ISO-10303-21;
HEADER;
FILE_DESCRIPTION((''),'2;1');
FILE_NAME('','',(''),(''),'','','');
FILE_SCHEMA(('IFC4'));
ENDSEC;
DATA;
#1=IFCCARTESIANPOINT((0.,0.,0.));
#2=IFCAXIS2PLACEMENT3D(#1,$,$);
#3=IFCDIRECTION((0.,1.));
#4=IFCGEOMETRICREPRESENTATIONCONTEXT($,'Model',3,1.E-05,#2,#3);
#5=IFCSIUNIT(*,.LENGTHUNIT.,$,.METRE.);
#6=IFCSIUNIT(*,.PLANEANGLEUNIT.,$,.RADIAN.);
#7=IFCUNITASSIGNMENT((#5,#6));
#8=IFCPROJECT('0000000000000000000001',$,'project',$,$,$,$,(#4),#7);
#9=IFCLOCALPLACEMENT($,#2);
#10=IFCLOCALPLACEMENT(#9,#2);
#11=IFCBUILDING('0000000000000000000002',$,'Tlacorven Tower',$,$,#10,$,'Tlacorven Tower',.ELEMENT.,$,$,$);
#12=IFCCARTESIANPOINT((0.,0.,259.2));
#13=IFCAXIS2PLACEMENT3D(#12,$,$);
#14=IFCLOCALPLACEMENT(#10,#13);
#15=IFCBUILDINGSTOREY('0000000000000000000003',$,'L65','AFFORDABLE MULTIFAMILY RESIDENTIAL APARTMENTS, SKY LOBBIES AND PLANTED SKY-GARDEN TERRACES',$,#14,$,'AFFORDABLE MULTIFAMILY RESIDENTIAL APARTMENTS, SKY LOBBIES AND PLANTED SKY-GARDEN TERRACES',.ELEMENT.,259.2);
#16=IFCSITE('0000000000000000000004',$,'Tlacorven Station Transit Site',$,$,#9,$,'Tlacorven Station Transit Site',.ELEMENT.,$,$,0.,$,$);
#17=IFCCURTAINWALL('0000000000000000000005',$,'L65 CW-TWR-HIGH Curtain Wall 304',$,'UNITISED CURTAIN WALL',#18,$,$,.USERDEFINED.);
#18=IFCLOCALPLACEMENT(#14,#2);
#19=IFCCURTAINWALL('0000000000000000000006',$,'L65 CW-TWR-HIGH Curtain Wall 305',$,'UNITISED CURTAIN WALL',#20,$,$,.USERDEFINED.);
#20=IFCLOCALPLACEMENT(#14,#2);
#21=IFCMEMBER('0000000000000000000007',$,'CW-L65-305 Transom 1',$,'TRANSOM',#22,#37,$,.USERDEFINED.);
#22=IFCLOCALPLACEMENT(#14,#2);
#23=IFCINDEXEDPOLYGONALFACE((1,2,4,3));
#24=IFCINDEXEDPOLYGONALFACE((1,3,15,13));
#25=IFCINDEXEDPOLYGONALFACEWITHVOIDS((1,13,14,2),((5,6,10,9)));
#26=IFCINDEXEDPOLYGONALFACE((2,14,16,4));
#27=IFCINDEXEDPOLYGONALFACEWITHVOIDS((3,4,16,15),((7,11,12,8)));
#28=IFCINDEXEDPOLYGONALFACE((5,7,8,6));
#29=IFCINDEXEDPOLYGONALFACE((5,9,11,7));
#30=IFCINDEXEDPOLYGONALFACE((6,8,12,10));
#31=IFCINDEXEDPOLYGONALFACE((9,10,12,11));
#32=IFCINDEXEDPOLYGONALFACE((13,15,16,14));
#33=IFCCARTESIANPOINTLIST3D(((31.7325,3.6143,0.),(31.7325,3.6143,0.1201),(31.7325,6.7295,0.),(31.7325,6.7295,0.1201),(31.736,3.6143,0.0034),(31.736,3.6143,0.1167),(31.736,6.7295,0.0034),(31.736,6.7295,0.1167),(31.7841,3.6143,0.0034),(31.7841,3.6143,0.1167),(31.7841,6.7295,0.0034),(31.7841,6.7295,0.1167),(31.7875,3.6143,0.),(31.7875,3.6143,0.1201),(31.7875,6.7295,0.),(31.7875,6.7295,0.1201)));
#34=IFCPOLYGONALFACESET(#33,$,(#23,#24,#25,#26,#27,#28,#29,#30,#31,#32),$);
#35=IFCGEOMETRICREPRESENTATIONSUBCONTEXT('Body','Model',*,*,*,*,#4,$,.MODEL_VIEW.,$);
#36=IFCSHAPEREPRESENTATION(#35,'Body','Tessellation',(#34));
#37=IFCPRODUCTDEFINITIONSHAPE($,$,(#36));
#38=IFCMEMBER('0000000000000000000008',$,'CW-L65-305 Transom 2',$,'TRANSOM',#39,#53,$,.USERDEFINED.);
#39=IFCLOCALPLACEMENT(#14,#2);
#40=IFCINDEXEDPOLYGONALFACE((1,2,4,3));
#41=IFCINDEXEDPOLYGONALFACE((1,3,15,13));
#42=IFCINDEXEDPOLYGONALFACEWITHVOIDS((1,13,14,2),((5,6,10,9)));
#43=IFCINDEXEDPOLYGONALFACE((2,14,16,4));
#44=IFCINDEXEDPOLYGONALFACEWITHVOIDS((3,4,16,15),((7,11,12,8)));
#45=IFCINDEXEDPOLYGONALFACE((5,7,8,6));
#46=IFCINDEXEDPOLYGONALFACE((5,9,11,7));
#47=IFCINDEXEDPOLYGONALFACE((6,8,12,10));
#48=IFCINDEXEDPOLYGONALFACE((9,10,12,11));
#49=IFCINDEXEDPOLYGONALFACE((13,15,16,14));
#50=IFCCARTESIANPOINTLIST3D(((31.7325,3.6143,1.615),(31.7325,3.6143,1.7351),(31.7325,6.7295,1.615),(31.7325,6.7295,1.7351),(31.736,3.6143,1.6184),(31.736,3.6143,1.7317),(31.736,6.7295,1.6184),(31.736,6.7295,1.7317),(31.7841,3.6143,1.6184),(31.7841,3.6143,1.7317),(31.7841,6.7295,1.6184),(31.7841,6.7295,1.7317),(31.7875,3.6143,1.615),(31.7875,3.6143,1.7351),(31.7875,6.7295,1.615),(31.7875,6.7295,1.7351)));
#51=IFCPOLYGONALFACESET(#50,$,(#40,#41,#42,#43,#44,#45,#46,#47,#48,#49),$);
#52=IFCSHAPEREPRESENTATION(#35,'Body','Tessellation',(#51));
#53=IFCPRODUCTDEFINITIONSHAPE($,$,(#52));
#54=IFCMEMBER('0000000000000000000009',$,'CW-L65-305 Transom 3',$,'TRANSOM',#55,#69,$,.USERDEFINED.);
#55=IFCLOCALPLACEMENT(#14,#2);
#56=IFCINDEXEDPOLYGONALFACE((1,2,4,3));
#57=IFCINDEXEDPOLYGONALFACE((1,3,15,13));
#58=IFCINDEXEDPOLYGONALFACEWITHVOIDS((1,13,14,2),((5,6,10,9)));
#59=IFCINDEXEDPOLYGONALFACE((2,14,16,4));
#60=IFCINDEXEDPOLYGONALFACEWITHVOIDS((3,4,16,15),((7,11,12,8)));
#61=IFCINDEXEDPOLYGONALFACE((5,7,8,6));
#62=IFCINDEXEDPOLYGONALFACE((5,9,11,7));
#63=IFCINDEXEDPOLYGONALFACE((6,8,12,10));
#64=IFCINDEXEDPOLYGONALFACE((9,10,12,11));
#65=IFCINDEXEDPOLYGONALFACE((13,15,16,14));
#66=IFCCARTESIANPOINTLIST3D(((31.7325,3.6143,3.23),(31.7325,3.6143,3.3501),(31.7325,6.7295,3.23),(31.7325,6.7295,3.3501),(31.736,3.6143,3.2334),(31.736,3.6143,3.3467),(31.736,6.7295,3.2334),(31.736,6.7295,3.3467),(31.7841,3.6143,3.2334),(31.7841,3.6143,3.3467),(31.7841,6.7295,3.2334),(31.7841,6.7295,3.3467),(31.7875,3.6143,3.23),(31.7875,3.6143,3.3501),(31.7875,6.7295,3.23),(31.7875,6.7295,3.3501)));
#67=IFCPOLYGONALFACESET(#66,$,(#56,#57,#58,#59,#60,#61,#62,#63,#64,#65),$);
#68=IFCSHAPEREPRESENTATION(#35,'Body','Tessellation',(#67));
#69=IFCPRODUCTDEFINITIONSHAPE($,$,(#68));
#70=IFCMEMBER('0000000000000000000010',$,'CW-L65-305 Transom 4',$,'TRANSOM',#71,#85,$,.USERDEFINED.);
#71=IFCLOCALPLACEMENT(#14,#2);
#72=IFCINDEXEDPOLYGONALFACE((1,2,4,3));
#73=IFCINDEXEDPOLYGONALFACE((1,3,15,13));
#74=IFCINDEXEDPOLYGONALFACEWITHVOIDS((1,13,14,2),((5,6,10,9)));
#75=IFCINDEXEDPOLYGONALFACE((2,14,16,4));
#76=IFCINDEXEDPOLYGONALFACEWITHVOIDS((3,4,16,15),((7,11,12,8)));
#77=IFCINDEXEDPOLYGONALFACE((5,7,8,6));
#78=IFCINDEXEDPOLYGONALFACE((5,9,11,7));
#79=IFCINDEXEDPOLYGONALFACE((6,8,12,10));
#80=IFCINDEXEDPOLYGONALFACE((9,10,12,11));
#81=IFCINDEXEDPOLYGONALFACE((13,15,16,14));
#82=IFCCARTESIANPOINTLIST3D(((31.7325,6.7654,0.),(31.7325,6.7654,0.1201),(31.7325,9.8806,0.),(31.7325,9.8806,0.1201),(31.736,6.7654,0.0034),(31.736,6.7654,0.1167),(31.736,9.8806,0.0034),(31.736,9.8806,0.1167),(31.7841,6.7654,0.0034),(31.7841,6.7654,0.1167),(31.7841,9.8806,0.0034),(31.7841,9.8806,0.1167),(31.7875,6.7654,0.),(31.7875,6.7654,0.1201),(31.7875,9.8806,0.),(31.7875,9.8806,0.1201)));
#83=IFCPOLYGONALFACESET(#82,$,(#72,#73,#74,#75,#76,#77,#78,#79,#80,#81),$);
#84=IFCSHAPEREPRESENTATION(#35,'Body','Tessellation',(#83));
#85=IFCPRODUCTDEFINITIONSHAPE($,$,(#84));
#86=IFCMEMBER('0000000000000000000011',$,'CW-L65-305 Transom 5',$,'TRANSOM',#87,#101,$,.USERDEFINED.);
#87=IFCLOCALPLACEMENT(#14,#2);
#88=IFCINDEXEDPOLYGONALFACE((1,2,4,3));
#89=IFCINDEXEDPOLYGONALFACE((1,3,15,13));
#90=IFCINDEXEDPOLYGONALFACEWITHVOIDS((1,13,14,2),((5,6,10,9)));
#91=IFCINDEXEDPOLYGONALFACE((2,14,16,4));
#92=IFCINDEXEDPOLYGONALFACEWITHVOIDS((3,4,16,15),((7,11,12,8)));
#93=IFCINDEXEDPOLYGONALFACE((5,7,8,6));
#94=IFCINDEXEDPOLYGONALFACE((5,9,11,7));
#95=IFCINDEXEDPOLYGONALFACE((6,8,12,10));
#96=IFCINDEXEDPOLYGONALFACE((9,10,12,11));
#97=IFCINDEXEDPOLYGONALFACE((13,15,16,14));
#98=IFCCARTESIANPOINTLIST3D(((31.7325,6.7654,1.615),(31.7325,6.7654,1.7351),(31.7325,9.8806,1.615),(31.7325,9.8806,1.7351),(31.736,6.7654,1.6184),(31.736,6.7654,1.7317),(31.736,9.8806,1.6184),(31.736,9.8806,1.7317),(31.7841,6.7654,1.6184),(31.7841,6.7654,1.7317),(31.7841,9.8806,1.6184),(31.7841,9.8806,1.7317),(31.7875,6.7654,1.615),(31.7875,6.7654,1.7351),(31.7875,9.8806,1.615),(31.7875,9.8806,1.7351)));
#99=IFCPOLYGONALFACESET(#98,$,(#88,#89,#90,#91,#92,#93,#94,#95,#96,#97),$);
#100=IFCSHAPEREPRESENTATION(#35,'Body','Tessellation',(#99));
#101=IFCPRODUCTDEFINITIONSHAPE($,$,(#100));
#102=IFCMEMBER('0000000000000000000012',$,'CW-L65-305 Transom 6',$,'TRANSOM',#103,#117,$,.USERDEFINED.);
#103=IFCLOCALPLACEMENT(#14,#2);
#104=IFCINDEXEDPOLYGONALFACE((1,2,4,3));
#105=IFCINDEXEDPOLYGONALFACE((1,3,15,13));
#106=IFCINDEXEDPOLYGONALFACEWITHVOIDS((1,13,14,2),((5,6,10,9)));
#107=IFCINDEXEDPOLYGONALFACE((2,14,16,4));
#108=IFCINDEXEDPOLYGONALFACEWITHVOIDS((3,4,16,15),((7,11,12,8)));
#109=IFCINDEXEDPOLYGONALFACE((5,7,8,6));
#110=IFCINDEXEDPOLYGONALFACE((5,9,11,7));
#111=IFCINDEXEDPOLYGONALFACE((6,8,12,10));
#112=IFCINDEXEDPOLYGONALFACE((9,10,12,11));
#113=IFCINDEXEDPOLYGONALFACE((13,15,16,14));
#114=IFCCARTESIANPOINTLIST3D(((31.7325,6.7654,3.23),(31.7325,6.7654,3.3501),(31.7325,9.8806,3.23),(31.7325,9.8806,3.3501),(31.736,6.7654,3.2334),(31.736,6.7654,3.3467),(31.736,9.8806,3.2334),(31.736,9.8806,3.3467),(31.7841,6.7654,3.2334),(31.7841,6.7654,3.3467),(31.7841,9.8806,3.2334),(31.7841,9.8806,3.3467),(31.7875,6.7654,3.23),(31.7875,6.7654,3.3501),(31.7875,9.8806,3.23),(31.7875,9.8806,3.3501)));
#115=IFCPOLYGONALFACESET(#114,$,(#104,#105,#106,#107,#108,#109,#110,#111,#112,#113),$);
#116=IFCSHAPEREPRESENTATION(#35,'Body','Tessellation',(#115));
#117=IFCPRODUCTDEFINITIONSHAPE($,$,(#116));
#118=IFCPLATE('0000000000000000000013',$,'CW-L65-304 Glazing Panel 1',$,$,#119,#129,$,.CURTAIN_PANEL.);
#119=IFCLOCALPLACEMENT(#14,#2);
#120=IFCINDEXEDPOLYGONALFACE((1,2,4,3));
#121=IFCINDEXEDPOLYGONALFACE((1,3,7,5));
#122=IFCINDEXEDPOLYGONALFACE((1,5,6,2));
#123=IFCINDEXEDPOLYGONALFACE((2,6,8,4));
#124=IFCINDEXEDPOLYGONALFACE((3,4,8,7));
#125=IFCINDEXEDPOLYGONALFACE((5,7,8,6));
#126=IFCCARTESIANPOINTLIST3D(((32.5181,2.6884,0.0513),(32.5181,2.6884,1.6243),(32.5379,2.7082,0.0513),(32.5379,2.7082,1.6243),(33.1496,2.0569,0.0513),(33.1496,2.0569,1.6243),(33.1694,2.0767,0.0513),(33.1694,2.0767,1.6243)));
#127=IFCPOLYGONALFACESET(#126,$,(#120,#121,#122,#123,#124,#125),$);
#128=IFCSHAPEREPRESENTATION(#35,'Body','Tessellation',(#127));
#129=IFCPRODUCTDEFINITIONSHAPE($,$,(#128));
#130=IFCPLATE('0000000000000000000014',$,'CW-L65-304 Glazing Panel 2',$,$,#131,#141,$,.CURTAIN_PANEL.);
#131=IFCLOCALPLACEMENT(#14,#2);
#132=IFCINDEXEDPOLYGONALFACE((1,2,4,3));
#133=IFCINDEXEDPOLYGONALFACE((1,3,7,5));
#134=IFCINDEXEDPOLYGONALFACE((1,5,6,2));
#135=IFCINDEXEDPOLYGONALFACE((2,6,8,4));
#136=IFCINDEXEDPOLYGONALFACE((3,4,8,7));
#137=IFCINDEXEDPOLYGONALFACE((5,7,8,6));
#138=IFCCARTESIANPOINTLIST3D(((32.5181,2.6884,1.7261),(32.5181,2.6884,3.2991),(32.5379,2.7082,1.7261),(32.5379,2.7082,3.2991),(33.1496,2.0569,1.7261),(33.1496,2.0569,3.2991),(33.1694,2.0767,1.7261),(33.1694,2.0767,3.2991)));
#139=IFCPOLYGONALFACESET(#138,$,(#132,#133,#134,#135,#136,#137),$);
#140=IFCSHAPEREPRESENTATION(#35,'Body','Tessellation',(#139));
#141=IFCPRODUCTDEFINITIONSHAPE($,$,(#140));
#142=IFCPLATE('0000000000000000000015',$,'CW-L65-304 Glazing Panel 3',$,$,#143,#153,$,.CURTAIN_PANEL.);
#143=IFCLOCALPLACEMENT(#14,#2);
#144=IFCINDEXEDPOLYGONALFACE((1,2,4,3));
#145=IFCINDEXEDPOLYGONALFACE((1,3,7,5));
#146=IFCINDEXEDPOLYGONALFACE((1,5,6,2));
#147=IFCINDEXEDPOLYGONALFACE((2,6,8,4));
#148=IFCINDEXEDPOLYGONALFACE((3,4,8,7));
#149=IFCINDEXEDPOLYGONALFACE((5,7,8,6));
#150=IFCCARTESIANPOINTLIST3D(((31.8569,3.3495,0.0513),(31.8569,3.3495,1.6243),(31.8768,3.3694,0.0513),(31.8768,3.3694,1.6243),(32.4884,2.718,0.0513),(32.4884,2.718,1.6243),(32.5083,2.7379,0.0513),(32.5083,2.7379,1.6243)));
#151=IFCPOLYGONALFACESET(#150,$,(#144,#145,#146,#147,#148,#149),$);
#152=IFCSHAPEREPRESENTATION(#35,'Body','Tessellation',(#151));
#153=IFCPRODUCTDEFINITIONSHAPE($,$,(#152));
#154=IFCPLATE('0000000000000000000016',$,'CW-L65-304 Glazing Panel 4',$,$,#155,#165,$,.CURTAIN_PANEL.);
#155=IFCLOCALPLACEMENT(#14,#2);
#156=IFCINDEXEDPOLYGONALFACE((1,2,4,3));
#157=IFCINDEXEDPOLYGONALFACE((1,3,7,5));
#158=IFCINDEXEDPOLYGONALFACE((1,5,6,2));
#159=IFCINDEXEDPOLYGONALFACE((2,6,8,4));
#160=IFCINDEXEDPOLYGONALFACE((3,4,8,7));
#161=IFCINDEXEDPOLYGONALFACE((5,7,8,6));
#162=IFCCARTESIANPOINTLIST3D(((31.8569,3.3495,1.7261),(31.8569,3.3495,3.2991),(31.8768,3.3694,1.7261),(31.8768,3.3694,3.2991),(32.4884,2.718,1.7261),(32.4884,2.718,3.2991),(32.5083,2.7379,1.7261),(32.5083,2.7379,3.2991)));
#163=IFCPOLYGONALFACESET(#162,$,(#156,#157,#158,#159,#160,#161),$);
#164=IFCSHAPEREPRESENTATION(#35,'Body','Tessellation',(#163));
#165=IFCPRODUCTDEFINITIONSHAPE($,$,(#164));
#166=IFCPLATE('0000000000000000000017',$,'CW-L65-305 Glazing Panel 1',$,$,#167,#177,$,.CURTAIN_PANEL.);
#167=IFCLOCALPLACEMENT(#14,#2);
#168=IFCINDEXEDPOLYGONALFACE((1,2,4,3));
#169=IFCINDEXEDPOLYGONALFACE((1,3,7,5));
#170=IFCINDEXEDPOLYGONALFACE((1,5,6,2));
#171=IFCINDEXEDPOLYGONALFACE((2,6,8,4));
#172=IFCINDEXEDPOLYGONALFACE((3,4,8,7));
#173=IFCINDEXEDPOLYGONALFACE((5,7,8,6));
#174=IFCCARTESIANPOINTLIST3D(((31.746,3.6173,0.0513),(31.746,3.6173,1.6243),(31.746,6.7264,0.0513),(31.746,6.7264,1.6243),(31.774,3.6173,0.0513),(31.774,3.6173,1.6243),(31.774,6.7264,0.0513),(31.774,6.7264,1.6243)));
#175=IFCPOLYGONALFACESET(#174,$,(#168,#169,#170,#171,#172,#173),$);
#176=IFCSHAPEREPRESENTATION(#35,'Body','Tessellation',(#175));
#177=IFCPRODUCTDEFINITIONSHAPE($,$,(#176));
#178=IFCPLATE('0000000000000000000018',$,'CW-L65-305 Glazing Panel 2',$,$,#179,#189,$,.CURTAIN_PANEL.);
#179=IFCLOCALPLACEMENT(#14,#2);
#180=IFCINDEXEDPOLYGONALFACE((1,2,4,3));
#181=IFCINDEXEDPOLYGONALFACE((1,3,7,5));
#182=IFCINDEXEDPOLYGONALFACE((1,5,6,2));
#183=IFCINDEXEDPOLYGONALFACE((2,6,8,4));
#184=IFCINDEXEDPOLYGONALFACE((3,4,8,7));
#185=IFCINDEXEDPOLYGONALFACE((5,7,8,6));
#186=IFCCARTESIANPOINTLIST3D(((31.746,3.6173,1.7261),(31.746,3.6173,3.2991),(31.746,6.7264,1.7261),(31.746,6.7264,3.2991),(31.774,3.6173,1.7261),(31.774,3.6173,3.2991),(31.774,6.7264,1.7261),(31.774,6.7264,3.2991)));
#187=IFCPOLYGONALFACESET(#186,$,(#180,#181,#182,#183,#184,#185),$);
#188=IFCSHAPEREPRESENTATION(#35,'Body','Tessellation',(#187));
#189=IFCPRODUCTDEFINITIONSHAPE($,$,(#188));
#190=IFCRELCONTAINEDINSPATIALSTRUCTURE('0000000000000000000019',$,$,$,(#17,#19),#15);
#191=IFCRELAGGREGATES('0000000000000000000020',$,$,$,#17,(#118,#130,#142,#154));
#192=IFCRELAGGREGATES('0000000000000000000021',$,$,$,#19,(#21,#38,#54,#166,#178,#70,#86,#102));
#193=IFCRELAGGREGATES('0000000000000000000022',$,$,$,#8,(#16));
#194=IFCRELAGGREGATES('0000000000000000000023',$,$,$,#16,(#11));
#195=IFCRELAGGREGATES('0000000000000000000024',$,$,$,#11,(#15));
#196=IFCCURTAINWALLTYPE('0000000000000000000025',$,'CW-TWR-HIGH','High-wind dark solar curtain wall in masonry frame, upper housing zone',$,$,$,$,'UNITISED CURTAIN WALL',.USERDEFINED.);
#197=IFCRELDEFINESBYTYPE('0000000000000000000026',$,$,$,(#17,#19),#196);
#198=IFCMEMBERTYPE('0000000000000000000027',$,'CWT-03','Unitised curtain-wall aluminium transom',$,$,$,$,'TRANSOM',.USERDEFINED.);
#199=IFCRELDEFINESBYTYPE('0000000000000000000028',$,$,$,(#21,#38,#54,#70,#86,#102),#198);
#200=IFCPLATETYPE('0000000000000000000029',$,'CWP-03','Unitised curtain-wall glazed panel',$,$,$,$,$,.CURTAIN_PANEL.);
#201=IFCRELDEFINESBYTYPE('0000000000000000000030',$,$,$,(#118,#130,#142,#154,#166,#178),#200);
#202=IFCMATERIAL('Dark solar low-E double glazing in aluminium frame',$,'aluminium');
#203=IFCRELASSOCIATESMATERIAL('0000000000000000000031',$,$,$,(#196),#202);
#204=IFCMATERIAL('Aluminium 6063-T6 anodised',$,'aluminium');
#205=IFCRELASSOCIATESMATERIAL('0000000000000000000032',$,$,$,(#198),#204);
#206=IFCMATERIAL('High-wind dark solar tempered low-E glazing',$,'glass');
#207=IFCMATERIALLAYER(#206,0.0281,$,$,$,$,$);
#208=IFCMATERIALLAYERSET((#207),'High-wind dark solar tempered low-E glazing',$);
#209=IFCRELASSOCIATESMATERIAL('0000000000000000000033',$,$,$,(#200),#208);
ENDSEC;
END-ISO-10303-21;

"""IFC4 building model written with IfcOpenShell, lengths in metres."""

from ifc_helpers import new_model, si_unit, direction, frame, origin, origin_2d, place, context, subcontext, project, spatial, rectangle, hollow_rectangle, extrude, source, transform, mapped, material, layer, layer_set, material_profile, profile_set, type_object, element, aggregate, save


model = new_model("IFC4")

# Units and contexts
model_context = context("Model", 3, precision=1e-05, world=origin(), true_north=direction((0.0, 1.0)))
body_context = subcontext(model_context, "Body", "Model", "MODEL_VIEW")
ifc_project = project(units=[si_unit("LENGTHUNIT", "METRE"), si_unit("PLANEANGLEUNIT", "RADIAN")], contexts=[model_context])

# Site, building, storey
site_placement = place(None, origin())
site = spatial("IfcSite", under=ifc_project, at=site_placement, Name="Tlacorven Station Transit Site", LongName="Tlacorven Station Transit Site", CompositionType="ELEMENT", RefElevation=0.0)
building_placement = place(site_placement, origin())
building = spatial("IfcBuilding", under=site, at=building_placement, Name="Tlacorven Tower", LongName="Tlacorven Tower", CompositionType="ELEMENT")
storey_placement = place(building_placement, frame((0.0, 0.0, 259.2)))
storey = spatial("IfcBuildingStorey", under=building, at=storey_placement, Name="L65", Description="AFFORDABLE MULTIFAMILY RESIDENTIAL APARTMENTS, SKY LOBBIES AND PLANTED SKY-GARDEN TERRACES", LongName="AFFORDABLE MULTIFAMILY RESIDENTIAL APARTMENTS, SKY LOBBIES AND PLANTED SKY-GARDEN TERRACES", CompositionType="ELEMENT", Elevation=259.2)

# Curtain walls
ifc_material_1 = material(Name="Dark solar low-E double glazing in aluminium frame", Category="aluminium")
curtain_wall_type = type_object("IfcCurtainWallType", Name="CW-TWR-HIGH", Description="High-wind dark solar curtain wall in masonry frame, upper housing zone", ElementType="UNITISED CURTAIN WALL", PredefinedType="USERDEFINED", material=ifc_material_1)
curtain_wall_1_placement = place(storey_placement, origin())
curtain_wall_1 = element("IfcCurtainWall", 1, at=curtain_wall_1_placement, inside=storey, type_object=curtain_wall_type, Name="L65 CW-TWR-HIGH Curtain Wall 304", ObjectType="UNITISED CURTAIN WALL", PredefinedType="USERDEFINED")
ifc_material_2 = material(Name="Aluminium 6063-T6 anodised", Category="aluminium")
curtain_wall_2_placement = place(storey_placement, origin())
curtain_wall_2 = element("IfcCurtainWall", 2, at=curtain_wall_2_placement, inside=storey, type_object=curtain_wall_type, Name="L65 CW-TWR-HIGH Curtain Wall 305", ObjectType="UNITISED CURTAIN WALL", PredefinedType="USERDEFINED")

# Members
ifc_material_profile_1 = material_profile(ifc_material_2, hollow_rectangle(XDim=0.0549, YDim=0.1201, WallThickness=0.0034, at=origin_2d()), Name="ALU TRANSOM 55X120")
ifc_profile_set_1 = profile_set([ifc_material_profile_1], Name="Aluminium 6063-T6 anodised")
member_type_1 = type_object("IfcMemberType", Name="CWT-03", Description="Unitised curtain-wall aluminium transom", ElementType="TRANSOM", PredefinedType="USERDEFINED", material=ifc_profile_set_1)
shared_shape_1 = source(origin(), body_context, "Body", "SweptSolid", [
    extrude(hollow_rectangle(XDim=0.0549, YDim=0.1201, WallThickness=0.0034, at=origin_2d()), origin(), (0.0, 0.0, 1.0), 3.1152),
])
member_1_placement = place(storey_placement, frame((31.76, 3.6143, 0.0601), z_axis=(0.0, 1.0, 0.0), x_axis=(-1.0, 0.0, 0.0)))
member_1 = element("IfcMember", 3, at=member_1_placement, type_object=member_type_1, Name="CW-L65-305 Transom 1", ObjectType="TRANSOM", PredefinedType="USERDEFINED", context=body_context, shape_type="MappedRepresentation", body=[
    mapped(shared_shape_1, transform((0.0, 0.0, 0.0), scale=1.0)),
])
member_2_placement = place(storey_placement, frame((31.76, 3.6143, 1.675), z_axis=(0.0, 1.0, 0.0), x_axis=(-1.0, 0.0, 0.0)))
member_2 = element("IfcMember", 4, at=member_2_placement, type_object=member_type_1, Name="CW-L65-305 Transom 2", ObjectType="TRANSOM", PredefinedType="USERDEFINED", context=body_context, shape_type="MappedRepresentation", body=[
    mapped(shared_shape_1, transform((0.0, 0.0, 0.0), scale=1.0)),
])
member_3_placement = place(storey_placement, frame((31.76, 3.6143, 3.29), z_axis=(0.0, 1.0, 0.0), x_axis=(-1.0, 0.0, 0.0)))
member_3 = element("IfcMember", 5, at=member_3_placement, type_object=member_type_1, Name="CW-L65-305 Transom 3", ObjectType="TRANSOM", PredefinedType="USERDEFINED", context=body_context, shape_type="MappedRepresentation", body=[
    mapped(shared_shape_1, transform((0.0, 0.0, 0.0), scale=1.0)),
])
member_4_placement = place(storey_placement, frame((31.76, 6.7654, 0.0601), z_axis=(0.0, 1.0, 0.0), x_axis=(-1.0, 0.0, 0.0)))
member_4 = element("IfcMember", 6, at=member_4_placement, type_object=member_type_1, Name="CW-L65-305 Transom 4", ObjectType="TRANSOM", PredefinedType="USERDEFINED", context=body_context, shape_type="MappedRepresentation", body=[
    mapped(shared_shape_1, transform((0.0, 0.0, 0.0), scale=1.0)),
])
member_5_placement = place(storey_placement, frame((31.76, 6.7654, 1.675), z_axis=(0.0, 1.0, 0.0), x_axis=(-1.0, 0.0, 0.0)))
member_5 = element("IfcMember", 7, at=member_5_placement, type_object=member_type_1, Name="CW-L65-305 Transom 5", ObjectType="TRANSOM", PredefinedType="USERDEFINED", context=body_context, shape_type="MappedRepresentation", body=[
    mapped(shared_shape_1, transform((0.0, 0.0, 0.0), scale=1.0)),
])
member_6_placement = place(storey_placement, frame((31.76, 6.7654, 3.29), z_axis=(0.0, 1.0, 0.0), x_axis=(-1.0, 0.0, 0.0)))
member_6 = element("IfcMember", 8, at=member_6_placement, type_object=member_type_1, Name="CW-L65-305 Transom 6", ObjectType="TRANSOM", PredefinedType="USERDEFINED", context=body_context, shape_type="MappedRepresentation", body=[
    mapped(shared_shape_1, transform((0.0, 0.0, 0.0), scale=1.0)),
])

# Plates
ifc_material_3 = material(Name="High-wind dark solar tempered low-E glazing", Category="glass")
ifc_layer = layer(ifc_material_3, 0.0281)
ifc_layer_set = layer_set([ifc_layer], Name="High-wind dark solar tempered low-E glazing")
plate_type = type_object("IfcPlateType", Name="CWP-03", Description="Unitised curtain-wall glazed panel", PredefinedType="CURTAIN_PANEL", material=ifc_layer_set)
shared_shape_2 = source(origin(), body_context, "Body", "SweptSolid", [
    extrude(rectangle(XDim=0.8931, YDim=0.0281, at=origin_2d()), origin(), (0.0, 0.0, 1.0), 1.573),
])
plate_1_placement = place(storey_placement, frame((32.8438, 2.3826, 0.0513), z_axis=(0.0, 0.0, 1.0), x_axis=(-0.707107, 0.707107, 0.0)))
plate_1 = element("IfcPlate", 9, at=plate_1_placement, type_object=plate_type, Name="CW-L65-304 Glazing Panel 1", PredefinedType="CURTAIN_PANEL", context=body_context, shape_type="MappedRepresentation", body=[
    mapped(shared_shape_2, transform((0.0, 0.0, 0.0), scale=1.0)),
])
plate_2_placement = place(storey_placement, frame((32.8438, 2.3826, 1.7261), z_axis=(0.0, 0.0, 1.0), x_axis=(-0.707107, 0.707107, 0.0)))
plate_2 = element("IfcPlate", 10, at=plate_2_placement, type_object=plate_type, Name="CW-L65-304 Glazing Panel 2", PredefinedType="CURTAIN_PANEL", context=body_context, shape_type="MappedRepresentation", body=[
    mapped(shared_shape_2, transform((0.0, 0.0, 0.0), scale=1.0)),
])
plate_3_placement = place(storey_placement, frame((32.1826, 3.0437, 0.0513), z_axis=(0.0, 0.0, 1.0), x_axis=(-0.707107, 0.707107, 0.0)))
plate_3 = element("IfcPlate", 11, at=plate_3_placement, type_object=plate_type, Name="CW-L65-304 Glazing Panel 3", PredefinedType="CURTAIN_PANEL", context=body_context, shape_type="MappedRepresentation", body=[
    mapped(shared_shape_2, transform((0.0, 0.0, 0.0), scale=1.0)),
])
plate_4_placement = place(storey_placement, frame((32.1826, 3.0437, 1.7261), z_axis=(0.0, 0.0, 1.0), x_axis=(-0.707107, 0.707107, 0.0)))
plate_4 = element("IfcPlate", 12, at=plate_4_placement, type_object=plate_type, Name="CW-L65-304 Glazing Panel 4", PredefinedType="CURTAIN_PANEL", context=body_context, shape_type="MappedRepresentation", body=[
    mapped(shared_shape_2, transform((0.0, 0.0, 0.0), scale=1.0)),
])
aggregate(curtain_wall_1, [plate_1, plate_2, plate_3, plate_4])
shared_shape_3 = source(origin(), body_context, "Body", "SweptSolid", [
    extrude(rectangle(XDim=3.1091, YDim=0.0281, at=origin_2d()), origin(), (0.0, 0.0, 1.0), 1.573),
])
plate_5_placement = place(storey_placement, frame((31.76, 5.1719, 0.0513), z_axis=(0.0, 0.0, 1.0), x_axis=(0.0, 1.0, 0.0)))
plate_5 = element("IfcPlate", 13, at=plate_5_placement, type_object=plate_type, Name="CW-L65-305 Glazing Panel 1", PredefinedType="CURTAIN_PANEL", context=body_context, shape_type="MappedRepresentation", body=[
    mapped(shared_shape_3, transform((0.0, 0.0, 0.0), scale=1.0)),
])
plate_6_placement = place(storey_placement, frame((31.76, 5.1719, 1.7261), z_axis=(0.0, 0.0, 1.0), x_axis=(0.0, 1.0, 0.0)))
plate_6 = element("IfcPlate", 14, at=plate_6_placement, type_object=plate_type, Name="CW-L65-305 Glazing Panel 2", PredefinedType="CURTAIN_PANEL", context=body_context, shape_type="MappedRepresentation", body=[
    mapped(shared_shape_3, transform((0.0, 0.0, 0.0), scale=1.0)),
])
aggregate(curtain_wall_2, [member_1, member_2, member_3, plate_5, plate_6, member_4, member_5, member_6])

save(model, "model.ifc")
